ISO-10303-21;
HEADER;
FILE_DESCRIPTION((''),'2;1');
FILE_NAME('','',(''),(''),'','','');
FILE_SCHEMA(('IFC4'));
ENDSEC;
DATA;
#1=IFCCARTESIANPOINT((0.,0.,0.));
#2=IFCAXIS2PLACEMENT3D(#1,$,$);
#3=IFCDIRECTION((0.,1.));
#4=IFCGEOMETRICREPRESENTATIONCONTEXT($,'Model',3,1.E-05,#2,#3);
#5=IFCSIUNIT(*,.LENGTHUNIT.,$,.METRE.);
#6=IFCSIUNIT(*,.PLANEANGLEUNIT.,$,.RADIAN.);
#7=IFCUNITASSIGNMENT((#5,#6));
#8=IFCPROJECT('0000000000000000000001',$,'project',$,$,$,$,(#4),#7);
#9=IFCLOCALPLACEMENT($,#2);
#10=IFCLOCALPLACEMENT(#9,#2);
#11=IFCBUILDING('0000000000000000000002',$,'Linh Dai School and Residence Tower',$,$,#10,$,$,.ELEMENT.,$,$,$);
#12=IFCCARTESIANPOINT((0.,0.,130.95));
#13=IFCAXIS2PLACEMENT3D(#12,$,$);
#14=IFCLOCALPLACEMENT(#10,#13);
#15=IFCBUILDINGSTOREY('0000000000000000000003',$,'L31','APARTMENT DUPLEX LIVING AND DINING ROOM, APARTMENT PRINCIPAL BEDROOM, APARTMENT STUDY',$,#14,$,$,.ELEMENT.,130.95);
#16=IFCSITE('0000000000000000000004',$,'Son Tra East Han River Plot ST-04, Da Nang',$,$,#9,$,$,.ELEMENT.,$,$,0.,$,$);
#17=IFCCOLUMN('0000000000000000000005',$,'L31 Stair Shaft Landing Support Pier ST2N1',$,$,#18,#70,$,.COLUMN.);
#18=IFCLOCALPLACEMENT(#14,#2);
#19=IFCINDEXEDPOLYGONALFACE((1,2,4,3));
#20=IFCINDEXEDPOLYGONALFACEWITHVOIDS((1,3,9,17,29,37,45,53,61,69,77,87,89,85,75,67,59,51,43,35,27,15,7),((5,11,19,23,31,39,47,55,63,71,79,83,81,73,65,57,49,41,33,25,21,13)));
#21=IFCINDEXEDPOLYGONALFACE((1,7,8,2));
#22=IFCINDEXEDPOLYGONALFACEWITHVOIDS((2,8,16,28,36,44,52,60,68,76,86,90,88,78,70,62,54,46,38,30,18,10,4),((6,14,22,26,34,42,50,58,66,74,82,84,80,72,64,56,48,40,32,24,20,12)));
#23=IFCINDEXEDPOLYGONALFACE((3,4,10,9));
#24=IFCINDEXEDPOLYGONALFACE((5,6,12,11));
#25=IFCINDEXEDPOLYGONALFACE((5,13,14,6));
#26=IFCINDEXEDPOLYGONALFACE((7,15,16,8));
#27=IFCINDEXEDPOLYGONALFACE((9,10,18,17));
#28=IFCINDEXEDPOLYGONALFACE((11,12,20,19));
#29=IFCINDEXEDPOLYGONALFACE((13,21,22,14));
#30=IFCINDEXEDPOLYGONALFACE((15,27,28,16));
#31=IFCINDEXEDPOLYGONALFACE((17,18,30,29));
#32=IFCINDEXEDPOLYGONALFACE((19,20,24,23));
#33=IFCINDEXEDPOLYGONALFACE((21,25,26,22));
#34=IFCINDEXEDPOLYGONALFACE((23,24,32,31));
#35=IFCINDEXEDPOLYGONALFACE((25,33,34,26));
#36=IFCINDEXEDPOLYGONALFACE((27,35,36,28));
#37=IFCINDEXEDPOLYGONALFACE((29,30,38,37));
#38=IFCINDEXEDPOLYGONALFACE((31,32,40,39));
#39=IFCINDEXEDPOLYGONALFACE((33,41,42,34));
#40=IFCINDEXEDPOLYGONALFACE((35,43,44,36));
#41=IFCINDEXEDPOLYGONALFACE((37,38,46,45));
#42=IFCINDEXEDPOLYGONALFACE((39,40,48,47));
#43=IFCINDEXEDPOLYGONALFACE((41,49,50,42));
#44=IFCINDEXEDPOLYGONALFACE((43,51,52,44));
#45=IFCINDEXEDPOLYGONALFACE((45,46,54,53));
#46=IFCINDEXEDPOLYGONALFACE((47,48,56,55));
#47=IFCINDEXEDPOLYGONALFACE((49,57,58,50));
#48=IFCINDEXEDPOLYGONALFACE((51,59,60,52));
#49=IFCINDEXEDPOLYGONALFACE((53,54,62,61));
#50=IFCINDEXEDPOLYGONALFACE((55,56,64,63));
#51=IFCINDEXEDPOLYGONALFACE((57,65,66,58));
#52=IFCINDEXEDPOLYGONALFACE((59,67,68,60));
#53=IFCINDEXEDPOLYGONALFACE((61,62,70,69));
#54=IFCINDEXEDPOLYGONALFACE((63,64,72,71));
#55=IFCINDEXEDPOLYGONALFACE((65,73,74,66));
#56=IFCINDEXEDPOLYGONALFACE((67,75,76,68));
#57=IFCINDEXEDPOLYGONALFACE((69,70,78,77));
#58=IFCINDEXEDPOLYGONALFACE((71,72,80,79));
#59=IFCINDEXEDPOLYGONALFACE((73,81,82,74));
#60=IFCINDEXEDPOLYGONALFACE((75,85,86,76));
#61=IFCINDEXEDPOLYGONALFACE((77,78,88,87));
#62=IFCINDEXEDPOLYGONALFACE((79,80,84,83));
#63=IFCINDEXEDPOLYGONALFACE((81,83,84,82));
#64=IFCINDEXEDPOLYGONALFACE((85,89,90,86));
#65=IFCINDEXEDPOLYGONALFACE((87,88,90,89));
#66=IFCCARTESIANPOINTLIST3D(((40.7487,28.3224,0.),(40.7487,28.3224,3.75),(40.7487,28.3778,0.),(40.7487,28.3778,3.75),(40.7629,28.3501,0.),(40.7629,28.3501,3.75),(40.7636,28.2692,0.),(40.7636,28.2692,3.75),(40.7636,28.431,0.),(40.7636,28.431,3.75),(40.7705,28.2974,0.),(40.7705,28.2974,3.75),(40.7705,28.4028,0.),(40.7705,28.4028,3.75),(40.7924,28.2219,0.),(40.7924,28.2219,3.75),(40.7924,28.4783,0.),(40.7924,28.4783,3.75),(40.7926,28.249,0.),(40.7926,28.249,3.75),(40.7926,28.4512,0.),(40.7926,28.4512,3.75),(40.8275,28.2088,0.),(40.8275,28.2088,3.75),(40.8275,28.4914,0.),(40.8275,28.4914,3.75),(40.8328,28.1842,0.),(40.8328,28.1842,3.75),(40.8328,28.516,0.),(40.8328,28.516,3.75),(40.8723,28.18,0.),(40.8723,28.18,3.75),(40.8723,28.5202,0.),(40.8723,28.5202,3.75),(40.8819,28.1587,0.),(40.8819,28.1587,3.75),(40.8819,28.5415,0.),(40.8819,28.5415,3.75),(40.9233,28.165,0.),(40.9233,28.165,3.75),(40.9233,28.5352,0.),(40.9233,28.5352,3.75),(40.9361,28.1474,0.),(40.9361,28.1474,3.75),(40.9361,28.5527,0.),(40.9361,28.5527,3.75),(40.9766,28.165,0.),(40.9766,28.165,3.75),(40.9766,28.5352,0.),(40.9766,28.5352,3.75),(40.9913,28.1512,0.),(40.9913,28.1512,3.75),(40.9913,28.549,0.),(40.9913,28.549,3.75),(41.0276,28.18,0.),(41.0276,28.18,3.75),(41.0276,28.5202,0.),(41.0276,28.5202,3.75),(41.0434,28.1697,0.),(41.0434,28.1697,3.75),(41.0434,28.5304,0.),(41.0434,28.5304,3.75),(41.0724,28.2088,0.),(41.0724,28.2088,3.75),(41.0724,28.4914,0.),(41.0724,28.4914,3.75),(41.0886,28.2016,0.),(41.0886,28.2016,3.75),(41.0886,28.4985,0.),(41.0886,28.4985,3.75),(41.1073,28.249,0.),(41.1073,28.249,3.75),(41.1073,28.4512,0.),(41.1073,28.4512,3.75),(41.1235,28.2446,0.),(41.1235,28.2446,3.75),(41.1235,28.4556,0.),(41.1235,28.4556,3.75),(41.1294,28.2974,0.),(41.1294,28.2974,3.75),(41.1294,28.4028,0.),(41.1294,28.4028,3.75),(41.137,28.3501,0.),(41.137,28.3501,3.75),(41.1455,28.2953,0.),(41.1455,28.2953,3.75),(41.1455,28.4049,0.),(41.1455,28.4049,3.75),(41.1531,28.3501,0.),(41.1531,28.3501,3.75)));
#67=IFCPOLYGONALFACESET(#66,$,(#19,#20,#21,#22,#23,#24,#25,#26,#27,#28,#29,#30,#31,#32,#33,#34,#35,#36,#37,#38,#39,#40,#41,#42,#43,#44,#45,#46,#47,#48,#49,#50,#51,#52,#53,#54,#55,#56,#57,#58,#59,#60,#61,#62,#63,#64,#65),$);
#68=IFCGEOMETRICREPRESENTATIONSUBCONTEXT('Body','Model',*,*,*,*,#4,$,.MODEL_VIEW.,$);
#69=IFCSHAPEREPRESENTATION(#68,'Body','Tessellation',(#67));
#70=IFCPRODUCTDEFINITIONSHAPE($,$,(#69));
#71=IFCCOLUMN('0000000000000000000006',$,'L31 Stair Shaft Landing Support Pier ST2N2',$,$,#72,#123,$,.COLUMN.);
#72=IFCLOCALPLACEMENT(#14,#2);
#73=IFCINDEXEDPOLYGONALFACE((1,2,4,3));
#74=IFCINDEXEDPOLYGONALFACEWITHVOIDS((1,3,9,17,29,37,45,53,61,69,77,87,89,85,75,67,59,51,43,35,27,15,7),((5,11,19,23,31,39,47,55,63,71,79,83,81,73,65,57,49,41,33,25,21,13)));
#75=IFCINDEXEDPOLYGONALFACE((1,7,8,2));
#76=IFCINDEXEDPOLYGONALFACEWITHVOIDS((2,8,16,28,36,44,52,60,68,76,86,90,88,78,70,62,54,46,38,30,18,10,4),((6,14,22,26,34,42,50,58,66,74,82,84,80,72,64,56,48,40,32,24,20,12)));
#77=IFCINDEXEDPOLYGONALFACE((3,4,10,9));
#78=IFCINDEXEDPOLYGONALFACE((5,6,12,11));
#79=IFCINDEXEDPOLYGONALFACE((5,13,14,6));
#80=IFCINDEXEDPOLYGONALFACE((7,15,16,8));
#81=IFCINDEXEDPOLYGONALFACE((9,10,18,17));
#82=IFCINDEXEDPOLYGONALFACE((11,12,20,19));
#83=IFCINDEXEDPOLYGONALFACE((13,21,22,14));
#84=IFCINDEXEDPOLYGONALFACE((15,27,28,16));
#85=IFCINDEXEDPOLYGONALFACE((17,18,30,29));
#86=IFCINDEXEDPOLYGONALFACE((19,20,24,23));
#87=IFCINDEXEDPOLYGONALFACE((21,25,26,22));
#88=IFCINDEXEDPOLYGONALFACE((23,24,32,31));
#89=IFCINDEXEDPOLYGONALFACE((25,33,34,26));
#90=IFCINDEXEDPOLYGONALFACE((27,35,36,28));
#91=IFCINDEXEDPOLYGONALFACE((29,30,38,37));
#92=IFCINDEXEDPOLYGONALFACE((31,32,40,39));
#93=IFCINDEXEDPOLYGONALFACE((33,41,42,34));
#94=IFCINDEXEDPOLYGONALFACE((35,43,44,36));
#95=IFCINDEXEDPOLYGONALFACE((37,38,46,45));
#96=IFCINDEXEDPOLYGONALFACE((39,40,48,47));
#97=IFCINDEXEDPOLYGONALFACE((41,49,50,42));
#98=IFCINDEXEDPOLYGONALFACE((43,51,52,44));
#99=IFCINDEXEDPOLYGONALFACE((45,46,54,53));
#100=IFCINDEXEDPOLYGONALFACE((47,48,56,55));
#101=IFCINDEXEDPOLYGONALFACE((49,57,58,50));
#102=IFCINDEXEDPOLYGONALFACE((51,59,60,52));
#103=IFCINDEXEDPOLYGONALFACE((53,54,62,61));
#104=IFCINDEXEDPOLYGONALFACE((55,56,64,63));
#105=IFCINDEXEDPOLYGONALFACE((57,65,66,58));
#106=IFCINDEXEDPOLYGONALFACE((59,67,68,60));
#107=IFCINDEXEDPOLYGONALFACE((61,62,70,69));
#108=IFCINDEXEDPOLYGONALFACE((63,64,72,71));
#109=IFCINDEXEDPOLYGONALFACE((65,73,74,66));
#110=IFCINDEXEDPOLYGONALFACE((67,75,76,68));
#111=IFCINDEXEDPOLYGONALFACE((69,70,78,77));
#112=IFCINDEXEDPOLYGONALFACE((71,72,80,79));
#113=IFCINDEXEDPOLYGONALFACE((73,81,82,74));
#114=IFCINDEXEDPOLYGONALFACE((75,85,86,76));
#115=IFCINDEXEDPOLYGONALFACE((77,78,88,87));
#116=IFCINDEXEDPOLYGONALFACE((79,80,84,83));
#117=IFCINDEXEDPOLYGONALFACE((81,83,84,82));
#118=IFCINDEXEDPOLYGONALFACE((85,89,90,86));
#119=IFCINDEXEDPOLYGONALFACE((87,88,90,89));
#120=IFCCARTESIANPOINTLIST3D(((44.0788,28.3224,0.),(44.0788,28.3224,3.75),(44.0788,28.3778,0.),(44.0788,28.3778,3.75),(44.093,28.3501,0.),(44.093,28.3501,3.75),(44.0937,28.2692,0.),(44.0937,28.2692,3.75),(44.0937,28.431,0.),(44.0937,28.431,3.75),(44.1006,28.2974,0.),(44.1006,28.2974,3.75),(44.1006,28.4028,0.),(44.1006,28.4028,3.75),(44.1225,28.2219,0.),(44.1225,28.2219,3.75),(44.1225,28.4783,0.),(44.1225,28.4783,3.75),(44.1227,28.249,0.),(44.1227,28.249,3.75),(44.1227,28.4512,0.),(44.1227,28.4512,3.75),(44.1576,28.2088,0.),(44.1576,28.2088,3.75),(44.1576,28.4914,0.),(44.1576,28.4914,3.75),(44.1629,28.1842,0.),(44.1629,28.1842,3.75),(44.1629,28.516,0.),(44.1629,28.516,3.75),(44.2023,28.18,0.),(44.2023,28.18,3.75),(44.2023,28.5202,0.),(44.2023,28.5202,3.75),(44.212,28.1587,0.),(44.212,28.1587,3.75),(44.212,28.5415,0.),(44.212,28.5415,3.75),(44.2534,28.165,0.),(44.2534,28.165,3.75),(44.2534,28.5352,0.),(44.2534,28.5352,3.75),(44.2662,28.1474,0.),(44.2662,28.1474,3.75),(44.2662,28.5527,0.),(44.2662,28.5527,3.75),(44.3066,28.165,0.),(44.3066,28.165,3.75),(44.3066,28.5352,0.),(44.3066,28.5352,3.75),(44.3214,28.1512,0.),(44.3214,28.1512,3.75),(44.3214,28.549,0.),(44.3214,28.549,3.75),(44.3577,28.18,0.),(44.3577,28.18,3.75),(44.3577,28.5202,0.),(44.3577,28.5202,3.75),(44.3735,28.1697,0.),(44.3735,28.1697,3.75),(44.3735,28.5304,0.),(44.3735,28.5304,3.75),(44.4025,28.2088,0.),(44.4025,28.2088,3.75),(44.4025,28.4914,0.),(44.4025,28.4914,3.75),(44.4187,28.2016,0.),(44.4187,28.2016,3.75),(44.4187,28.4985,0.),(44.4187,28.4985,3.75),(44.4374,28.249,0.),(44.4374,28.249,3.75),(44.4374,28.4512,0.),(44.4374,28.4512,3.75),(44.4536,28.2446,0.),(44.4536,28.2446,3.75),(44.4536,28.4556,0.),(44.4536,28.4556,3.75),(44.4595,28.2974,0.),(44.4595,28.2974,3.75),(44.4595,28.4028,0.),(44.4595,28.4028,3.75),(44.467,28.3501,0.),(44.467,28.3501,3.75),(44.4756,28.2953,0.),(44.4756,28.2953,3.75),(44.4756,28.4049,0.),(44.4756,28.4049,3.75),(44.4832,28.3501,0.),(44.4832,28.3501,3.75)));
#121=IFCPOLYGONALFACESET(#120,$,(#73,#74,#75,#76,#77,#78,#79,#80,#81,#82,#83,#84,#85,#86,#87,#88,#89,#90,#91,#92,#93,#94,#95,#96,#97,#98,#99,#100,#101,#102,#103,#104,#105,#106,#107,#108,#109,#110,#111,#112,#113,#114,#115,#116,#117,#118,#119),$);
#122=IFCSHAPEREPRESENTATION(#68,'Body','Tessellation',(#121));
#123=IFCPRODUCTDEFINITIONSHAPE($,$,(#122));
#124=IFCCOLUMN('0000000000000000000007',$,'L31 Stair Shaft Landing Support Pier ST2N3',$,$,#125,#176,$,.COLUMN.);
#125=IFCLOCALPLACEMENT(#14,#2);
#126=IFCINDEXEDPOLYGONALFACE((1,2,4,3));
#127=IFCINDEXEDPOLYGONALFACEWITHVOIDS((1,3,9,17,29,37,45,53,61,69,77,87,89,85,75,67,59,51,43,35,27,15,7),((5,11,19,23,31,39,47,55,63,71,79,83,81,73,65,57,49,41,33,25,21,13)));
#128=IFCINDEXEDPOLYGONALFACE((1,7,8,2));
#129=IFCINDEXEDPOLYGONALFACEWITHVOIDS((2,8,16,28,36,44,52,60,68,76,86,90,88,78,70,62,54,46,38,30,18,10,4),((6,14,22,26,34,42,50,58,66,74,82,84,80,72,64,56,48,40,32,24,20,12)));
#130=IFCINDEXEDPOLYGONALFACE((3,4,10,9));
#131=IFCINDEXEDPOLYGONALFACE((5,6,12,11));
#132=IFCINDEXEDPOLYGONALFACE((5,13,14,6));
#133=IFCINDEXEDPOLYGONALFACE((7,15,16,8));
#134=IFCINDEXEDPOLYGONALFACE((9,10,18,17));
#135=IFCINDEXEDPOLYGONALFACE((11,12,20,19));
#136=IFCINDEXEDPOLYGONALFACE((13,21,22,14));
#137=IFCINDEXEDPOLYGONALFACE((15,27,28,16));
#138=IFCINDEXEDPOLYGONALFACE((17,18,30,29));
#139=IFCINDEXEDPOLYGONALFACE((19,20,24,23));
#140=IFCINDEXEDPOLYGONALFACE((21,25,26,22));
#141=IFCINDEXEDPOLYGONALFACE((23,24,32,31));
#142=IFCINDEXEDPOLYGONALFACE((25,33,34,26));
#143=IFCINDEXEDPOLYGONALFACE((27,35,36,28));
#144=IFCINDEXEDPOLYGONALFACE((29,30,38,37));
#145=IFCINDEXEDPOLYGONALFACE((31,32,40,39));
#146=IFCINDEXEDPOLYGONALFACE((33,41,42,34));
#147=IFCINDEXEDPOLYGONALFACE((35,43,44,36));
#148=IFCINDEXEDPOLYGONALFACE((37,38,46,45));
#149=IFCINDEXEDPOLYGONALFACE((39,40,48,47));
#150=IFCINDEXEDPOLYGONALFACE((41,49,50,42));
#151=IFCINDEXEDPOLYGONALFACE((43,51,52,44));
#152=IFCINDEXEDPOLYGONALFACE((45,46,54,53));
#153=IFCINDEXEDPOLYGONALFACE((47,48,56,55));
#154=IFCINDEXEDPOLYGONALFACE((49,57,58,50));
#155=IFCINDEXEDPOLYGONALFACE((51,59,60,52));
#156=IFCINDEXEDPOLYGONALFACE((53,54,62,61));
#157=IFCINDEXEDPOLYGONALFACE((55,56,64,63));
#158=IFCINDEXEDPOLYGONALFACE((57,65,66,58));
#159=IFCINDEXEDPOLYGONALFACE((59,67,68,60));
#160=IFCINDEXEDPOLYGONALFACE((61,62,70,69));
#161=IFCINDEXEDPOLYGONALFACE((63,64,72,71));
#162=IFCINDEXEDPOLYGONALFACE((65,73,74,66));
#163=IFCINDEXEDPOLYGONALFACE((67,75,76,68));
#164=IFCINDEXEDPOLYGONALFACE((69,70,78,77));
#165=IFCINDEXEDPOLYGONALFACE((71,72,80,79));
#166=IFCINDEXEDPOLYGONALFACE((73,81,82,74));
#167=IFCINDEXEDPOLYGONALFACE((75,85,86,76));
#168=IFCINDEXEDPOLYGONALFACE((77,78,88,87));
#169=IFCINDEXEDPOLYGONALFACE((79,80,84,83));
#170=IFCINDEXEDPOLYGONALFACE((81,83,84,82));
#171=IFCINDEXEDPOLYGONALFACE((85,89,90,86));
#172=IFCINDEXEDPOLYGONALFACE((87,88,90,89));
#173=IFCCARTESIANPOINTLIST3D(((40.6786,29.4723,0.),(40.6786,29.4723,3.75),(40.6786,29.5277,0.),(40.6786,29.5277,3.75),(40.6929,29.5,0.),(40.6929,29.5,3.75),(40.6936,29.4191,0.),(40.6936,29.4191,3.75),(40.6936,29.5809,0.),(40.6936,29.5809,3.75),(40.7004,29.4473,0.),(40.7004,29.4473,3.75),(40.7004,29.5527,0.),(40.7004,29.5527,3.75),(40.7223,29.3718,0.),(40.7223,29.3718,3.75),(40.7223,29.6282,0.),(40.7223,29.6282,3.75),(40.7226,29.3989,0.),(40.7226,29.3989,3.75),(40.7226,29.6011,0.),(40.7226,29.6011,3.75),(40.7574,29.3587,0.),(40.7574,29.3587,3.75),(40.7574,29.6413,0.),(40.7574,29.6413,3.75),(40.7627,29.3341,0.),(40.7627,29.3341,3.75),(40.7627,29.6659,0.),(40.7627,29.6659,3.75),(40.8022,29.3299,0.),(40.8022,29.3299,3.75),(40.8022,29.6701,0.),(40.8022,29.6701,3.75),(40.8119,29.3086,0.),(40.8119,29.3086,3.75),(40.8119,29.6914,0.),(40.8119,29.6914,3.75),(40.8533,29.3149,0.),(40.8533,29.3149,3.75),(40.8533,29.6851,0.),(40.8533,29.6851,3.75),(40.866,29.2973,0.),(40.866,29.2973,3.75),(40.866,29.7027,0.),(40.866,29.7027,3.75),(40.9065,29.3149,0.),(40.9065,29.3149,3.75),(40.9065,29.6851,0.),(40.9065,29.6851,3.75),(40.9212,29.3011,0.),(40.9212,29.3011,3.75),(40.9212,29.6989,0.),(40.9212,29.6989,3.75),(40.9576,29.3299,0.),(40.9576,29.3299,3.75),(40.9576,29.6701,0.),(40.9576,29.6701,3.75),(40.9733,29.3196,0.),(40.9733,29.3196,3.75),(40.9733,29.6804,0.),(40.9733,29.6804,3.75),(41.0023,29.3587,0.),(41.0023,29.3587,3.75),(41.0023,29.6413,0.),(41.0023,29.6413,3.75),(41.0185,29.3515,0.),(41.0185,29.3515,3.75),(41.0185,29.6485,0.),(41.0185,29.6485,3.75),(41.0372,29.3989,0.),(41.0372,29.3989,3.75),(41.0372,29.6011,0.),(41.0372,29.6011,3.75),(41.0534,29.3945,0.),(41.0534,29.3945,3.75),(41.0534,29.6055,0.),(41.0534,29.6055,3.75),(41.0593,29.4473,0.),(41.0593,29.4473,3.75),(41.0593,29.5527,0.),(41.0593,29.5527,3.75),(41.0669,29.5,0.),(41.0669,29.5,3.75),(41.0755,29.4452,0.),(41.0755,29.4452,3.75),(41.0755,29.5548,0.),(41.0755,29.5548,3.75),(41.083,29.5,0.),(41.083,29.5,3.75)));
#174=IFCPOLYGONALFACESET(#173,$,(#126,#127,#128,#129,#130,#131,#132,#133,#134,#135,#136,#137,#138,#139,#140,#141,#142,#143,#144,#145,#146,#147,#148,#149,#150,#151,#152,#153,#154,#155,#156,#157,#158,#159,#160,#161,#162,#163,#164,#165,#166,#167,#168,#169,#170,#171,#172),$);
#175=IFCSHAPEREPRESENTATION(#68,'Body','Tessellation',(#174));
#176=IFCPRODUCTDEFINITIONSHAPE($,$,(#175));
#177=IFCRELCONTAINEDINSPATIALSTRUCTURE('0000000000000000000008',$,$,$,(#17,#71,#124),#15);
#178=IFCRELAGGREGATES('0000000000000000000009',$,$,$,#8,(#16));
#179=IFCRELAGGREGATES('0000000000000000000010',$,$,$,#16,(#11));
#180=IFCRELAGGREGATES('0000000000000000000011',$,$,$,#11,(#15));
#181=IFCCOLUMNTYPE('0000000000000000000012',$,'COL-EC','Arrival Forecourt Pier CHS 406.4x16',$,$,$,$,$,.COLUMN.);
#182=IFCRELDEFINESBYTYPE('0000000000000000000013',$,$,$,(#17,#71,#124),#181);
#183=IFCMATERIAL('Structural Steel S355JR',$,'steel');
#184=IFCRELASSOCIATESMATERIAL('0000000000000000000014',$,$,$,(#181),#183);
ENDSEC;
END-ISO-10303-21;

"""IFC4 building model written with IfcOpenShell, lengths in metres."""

from ifc_helpers import new_model, si_unit, direction, frame, origin, origin_2d, place, context, subcontext, project, spatial, hollow_circle, extrude, material, material_profile, profile_set, type_object, element, save


model = new_model("IFC4")

# Units and contexts
model_context = context("Model", 3, precision=1e-05, world=origin(), true_north=direction((0.0, 1.0)))
body_context = subcontext(model_context, "Body", "Model", "MODEL_VIEW")
ifc_project = project(units=[si_unit("LENGTHUNIT", "METRE"), si_unit("PLANEANGLEUNIT", "RADIAN")], contexts=[model_context])

# Site, building, storey
site_placement = place(None, origin())
site = spatial("IfcSite", under=ifc_project, at=site_placement, Name="Son Tra East Han River Plot ST-04, Da Nang", CompositionType="ELEMENT", RefElevation=0.0)
building_placement = place(site_placement, origin())
building = spatial("IfcBuilding", under=site, at=building_placement, Name="Linh Dai School and Residence Tower", CompositionType="ELEMENT")
storey_placement = place(building_placement, frame((0.0, 0.0, 130.95)))
storey = spatial("IfcBuildingStorey", under=building, at=storey_placement, Name="L31", Description="APARTMENT DUPLEX LIVING AND DINING ROOM, APARTMENT PRINCIPAL BEDROOM, APARTMENT STUDY", CompositionType="ELEMENT", Elevation=130.95)

# Columns
ifc_material_1 = material(Name="Structural Steel S355JR", Category="steel")
ifc_material_profile_1 = material_profile(ifc_material_1, hollow_circle(Radius=0.2031, WallThickness=0.0161, at=origin_2d()), Name="CHS 406.4x16")
ifc_profile_set_1 = profile_set([ifc_material_profile_1], Name="Structural Steel S355JR")
column_type_1 = type_object("IfcColumnType", Name="COL-EC", Description="Arrival Forecourt Pier CHS 406.4x16", PredefinedType="COLUMN", material=ifc_profile_set_1)
for number, where, z_axis, x_axis, name in (
    (1, (40.95, 28.3501, 0.0), (0.0, 0.0, 1.0), (1.0, 0.0, 0.0), "L31 Stair Shaft Landing Support Pier ST2N1"),
    (2, (44.28, 28.3501, 0.0), (0.0, 0.0, 1.0), (1.0, 0.0, 0.0), "L31 Stair Shaft Landing Support Pier ST2N2"),
    (3, (40.8799, 29.5, 0.0), (0.0, 0.0, 1.0), (1.0, 0.0, 0.0), "L31 Stair Shaft Landing Support Pier ST2N3"),
):
    element("IfcColumn", number, at=place(storey_placement, frame(where, z_axis=z_axis, x_axis=x_axis)), inside=storey, type_object=column_type_1, Name=name, PredefinedType="COLUMN", context=body_context, shape_type="SweptSolid", body=[
        extrude(hollow_circle(Radius=0.2031, WallThickness=0.0161, at=origin_2d()), origin(), (0.0, 0.0, 1.0), 3.75),
    ])

save(model, "model.ifc")
